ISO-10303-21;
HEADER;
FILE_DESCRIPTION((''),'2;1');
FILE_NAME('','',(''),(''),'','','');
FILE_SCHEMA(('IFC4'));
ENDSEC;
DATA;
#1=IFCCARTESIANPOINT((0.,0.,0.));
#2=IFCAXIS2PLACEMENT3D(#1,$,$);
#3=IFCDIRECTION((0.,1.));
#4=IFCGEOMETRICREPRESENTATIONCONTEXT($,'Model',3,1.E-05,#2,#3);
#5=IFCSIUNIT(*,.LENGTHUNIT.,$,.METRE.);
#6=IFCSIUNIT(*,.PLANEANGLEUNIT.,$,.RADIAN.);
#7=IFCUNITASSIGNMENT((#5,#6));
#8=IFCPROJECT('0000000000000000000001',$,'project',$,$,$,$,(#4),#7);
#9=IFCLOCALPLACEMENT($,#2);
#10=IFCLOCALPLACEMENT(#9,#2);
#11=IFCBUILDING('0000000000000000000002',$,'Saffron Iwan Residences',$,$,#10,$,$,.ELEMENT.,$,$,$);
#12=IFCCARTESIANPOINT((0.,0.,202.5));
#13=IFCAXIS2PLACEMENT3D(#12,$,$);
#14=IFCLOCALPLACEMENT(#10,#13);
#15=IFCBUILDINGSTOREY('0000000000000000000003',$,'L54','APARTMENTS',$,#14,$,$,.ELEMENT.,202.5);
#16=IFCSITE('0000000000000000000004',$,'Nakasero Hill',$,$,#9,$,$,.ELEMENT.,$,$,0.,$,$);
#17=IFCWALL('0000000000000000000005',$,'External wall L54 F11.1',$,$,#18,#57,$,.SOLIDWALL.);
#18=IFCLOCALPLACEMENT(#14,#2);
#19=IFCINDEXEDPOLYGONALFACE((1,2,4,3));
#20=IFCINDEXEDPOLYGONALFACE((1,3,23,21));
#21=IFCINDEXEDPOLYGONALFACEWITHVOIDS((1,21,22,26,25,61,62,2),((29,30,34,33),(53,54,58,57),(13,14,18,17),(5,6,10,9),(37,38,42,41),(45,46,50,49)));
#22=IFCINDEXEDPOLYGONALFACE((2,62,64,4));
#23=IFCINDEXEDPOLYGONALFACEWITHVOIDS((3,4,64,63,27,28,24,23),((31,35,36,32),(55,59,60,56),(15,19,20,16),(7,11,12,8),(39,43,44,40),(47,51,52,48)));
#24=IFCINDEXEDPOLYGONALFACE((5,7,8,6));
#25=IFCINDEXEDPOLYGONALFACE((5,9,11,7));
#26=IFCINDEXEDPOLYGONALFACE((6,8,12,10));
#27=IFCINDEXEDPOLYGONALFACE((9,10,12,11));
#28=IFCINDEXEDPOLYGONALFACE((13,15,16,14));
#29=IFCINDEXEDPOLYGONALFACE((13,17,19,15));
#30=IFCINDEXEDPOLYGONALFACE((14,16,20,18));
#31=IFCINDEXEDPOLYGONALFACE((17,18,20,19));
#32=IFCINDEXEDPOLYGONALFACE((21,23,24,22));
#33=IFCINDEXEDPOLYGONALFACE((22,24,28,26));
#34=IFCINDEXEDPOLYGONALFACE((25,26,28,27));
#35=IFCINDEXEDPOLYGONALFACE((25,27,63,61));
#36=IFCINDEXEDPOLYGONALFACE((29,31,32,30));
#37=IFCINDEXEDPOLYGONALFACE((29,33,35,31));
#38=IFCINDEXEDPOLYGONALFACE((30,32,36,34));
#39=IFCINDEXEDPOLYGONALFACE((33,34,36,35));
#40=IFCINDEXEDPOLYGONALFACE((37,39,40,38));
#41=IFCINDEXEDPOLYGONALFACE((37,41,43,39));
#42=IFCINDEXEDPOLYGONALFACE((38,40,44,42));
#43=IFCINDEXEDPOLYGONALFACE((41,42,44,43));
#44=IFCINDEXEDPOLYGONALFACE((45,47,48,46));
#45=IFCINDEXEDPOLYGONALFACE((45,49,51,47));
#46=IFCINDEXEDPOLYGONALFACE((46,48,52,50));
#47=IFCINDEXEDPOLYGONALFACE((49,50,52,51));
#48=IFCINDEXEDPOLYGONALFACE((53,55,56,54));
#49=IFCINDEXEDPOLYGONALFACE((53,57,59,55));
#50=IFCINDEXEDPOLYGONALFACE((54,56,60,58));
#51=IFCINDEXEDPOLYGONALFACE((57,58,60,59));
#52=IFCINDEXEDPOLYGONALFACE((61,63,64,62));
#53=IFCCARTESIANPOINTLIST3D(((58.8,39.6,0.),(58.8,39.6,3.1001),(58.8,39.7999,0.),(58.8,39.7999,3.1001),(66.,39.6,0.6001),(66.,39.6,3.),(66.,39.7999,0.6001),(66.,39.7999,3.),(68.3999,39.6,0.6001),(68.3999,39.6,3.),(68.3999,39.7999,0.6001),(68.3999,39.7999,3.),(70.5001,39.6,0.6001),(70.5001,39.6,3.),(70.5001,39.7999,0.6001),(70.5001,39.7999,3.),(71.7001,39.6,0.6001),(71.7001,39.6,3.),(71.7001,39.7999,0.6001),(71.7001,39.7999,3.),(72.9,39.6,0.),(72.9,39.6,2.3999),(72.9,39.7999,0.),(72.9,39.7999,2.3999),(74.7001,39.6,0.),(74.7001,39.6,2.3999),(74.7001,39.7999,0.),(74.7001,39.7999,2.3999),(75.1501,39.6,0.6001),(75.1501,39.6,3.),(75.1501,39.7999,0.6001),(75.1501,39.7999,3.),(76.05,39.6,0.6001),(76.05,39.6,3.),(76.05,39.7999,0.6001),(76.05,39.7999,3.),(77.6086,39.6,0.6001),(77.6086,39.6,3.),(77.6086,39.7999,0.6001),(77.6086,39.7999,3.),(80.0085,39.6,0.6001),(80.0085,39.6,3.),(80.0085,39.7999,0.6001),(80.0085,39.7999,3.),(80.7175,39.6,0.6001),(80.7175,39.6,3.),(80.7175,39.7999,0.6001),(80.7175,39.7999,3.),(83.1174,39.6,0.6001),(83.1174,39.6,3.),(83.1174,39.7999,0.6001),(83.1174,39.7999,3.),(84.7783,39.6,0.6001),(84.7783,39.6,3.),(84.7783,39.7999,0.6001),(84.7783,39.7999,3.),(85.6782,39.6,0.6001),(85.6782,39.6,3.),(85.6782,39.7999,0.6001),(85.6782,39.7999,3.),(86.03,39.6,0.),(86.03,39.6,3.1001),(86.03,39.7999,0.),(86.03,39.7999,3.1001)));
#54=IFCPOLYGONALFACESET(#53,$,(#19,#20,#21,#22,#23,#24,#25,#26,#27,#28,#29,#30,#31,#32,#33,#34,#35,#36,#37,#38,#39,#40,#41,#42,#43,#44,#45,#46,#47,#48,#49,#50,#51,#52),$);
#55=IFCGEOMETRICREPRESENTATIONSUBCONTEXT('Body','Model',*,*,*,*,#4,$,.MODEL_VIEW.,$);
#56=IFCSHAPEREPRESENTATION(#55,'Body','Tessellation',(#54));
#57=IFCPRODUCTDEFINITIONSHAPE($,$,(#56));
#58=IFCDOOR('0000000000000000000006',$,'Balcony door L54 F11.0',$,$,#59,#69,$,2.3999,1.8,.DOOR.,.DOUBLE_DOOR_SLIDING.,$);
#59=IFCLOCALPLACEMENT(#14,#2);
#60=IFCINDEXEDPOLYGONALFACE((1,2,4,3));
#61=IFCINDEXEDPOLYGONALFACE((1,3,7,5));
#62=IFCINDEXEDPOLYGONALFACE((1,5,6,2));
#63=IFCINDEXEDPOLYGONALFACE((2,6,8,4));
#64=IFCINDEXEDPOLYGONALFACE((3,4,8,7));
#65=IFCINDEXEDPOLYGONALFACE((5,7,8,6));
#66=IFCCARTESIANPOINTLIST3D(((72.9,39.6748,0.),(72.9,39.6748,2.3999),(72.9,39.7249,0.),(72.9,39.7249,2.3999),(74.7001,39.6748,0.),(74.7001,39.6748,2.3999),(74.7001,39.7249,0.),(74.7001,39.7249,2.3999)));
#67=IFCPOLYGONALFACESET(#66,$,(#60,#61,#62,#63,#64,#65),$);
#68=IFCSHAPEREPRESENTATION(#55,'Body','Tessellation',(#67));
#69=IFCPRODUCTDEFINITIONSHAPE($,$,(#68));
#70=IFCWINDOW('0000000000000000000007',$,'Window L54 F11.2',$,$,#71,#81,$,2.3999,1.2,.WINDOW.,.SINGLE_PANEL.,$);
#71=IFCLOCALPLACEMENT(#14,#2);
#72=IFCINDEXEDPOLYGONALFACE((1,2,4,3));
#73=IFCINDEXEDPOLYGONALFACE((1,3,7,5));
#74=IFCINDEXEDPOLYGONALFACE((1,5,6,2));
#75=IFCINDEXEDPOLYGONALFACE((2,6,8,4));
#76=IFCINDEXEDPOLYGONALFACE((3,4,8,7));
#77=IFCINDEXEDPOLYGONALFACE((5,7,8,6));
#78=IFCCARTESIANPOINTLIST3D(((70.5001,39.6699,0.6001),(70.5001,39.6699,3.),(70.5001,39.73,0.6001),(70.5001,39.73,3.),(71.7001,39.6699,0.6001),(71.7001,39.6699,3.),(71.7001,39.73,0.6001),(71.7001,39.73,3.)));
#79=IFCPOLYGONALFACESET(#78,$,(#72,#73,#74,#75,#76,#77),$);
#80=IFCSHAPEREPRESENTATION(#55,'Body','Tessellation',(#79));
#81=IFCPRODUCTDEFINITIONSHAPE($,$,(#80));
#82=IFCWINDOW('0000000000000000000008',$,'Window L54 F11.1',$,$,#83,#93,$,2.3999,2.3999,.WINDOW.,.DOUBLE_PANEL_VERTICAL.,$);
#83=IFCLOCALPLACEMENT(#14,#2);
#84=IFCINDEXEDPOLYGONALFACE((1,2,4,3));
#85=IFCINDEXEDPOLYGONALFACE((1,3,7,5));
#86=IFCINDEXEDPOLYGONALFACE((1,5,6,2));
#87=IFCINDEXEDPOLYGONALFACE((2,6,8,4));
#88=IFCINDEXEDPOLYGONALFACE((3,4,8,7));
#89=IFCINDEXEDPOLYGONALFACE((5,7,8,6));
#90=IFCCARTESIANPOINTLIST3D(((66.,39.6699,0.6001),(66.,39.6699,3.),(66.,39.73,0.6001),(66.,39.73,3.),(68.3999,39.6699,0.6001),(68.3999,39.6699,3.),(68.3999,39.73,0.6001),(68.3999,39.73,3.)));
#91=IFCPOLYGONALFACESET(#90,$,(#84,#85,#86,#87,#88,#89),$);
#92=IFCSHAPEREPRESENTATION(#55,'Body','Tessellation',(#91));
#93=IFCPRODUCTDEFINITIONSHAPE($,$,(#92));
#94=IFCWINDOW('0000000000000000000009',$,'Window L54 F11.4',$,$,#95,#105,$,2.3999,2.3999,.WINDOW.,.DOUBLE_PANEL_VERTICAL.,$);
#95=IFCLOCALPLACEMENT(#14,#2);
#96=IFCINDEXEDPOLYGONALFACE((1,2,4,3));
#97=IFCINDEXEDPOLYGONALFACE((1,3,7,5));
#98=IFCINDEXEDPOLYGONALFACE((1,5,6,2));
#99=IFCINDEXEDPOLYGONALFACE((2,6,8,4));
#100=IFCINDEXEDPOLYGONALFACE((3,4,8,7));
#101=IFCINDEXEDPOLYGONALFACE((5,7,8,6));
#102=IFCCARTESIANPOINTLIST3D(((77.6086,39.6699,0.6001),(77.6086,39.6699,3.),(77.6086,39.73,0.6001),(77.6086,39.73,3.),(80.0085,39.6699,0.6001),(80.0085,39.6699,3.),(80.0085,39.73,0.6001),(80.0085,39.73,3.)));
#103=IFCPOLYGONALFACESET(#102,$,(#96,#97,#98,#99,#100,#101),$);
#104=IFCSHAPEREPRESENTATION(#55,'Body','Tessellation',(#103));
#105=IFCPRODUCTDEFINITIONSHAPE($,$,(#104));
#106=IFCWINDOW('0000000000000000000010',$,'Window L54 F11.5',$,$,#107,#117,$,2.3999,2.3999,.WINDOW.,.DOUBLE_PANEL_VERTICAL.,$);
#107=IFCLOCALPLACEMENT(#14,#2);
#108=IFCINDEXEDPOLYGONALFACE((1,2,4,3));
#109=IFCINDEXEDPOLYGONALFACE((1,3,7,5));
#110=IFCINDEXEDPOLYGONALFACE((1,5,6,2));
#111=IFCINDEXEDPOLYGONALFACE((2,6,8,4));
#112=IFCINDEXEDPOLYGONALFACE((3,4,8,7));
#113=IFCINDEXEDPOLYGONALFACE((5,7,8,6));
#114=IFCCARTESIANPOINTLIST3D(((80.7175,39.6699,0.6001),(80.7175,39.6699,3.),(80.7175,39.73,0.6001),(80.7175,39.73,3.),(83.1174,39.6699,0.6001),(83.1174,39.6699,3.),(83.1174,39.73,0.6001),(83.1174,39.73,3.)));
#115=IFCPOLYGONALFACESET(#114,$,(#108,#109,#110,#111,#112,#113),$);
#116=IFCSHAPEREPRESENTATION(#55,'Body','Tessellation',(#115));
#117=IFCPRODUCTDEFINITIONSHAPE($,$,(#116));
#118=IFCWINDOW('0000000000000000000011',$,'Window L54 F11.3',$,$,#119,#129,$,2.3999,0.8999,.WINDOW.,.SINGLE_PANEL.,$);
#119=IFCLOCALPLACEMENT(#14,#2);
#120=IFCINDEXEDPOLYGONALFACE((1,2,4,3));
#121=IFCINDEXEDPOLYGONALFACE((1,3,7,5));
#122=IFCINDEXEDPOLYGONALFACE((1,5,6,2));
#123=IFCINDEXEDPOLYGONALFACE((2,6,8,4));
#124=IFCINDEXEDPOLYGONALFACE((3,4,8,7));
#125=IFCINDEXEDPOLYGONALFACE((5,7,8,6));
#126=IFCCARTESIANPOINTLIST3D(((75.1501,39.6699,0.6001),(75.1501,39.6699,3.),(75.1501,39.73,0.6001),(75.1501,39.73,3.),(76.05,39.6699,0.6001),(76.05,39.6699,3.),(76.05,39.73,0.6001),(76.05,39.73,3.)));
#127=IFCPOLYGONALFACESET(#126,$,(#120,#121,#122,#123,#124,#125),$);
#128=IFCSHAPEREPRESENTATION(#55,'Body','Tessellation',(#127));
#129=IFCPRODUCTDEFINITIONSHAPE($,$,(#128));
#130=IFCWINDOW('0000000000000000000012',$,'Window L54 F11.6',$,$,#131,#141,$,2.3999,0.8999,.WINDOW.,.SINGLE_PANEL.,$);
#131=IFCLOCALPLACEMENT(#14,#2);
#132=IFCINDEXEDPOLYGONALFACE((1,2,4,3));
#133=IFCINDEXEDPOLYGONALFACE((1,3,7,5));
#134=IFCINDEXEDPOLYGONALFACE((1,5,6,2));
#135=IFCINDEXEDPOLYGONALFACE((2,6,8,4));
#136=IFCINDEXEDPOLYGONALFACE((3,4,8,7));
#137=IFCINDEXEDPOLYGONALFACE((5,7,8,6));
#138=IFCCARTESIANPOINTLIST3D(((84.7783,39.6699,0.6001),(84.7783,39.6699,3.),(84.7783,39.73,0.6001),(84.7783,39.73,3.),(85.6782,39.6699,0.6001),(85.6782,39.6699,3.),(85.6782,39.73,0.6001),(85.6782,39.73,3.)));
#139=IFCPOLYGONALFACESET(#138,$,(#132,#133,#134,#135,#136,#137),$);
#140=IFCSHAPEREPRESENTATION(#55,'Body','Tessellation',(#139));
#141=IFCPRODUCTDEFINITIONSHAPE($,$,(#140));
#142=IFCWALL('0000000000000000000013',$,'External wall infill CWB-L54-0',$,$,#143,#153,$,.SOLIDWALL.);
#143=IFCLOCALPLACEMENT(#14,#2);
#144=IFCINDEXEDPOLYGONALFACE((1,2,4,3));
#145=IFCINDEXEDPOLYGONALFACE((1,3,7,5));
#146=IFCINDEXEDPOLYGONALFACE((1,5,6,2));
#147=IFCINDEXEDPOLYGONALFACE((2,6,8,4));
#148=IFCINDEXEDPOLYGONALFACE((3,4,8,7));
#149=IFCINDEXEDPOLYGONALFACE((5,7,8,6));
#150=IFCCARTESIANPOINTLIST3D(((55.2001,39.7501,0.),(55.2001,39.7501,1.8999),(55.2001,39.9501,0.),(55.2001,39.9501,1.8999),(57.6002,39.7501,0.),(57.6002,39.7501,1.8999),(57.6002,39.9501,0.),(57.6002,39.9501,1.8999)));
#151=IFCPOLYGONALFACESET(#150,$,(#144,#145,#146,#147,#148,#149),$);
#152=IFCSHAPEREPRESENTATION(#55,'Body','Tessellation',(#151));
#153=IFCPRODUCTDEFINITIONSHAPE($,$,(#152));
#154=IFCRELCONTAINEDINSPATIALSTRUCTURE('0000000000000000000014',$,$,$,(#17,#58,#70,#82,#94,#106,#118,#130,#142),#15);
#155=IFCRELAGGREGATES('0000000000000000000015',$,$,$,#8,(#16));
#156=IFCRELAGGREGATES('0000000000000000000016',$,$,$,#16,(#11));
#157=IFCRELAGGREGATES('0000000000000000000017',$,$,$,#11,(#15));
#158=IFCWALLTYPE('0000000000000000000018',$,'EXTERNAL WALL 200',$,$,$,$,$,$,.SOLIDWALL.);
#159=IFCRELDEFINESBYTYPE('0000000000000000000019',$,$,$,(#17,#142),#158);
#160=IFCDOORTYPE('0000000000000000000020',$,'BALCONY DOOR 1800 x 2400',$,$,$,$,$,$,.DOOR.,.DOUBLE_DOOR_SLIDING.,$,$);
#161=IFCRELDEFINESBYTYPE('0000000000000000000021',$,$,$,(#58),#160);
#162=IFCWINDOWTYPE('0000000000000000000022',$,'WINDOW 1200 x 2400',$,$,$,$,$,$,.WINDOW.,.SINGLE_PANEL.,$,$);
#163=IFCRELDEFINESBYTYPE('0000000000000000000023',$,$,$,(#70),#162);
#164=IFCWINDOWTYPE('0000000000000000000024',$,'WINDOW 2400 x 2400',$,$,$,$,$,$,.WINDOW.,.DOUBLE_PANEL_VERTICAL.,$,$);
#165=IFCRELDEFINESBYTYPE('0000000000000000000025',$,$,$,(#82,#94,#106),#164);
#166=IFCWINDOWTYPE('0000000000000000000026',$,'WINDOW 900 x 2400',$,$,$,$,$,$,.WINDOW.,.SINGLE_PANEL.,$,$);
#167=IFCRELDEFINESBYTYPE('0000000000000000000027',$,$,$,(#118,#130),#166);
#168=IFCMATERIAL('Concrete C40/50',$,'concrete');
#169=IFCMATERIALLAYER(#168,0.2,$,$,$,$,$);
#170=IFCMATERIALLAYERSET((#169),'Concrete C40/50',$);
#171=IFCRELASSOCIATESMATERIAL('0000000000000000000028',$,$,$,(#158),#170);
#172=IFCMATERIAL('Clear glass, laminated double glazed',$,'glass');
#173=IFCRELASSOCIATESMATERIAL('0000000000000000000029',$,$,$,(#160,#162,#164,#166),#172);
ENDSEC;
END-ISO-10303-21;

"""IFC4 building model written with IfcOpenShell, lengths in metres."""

from ifc_helpers import new_model, si_unit, direction, frame, frame_2d, origin, place, context, subcontext, project, spatial, rectangle, extrude, material, layer, layer_set, type_object, element, fill, save


model = new_model("IFC4")

# Units and contexts
model_context = context("Model", 3, precision=1e-05, world=origin(), true_north=direction((0.0, 1.0)))
body_context = subcontext(model_context, "Body", "Model", "MODEL_VIEW")
ifc_project = project(units=[si_unit("LENGTHUNIT", "METRE"), si_unit("PLANEANGLEUNIT", "RADIAN")], contexts=[model_context])

# Site, building, storey
site_placement = place(None, origin())
site = spatial("IfcSite", under=ifc_project, at=site_placement, Name="Nakasero Hill", CompositionType="ELEMENT", RefElevation=0.0)
building_placement = place(site_placement, origin())
building = spatial("IfcBuilding", under=site, at=building_placement, Name="Saffron Iwan Residences", CompositionType="ELEMENT")
storey_placement = place(building_placement, frame((0.0, 0.0, 202.5)))
storey = spatial("IfcBuildingStorey", under=building, at=storey_placement, Name="L54", Description="APARTMENTS", CompositionType="ELEMENT", Elevation=202.5)

# Wall, openings, door, windows
ifc_material_1 = material(Name="Concrete C40/50", Category="concrete")
ifc_layer_1 = layer(ifc_material_1, 0.2)
ifc_layer_set_1 = layer_set([ifc_layer_1], Name="Concrete C40/50")
wall_type_1 = type_object("IfcWallType", Name="EXTERNAL WALL 200", PredefinedType="SOLIDWALL", material=ifc_layer_set_1)
wall_1_placement = place(storey_placement, frame((58.8, 39.7, 0.0), z_axis=(0.0, 0.0, 1.0), x_axis=(1.0, 0.0, 0.0)))
wall_1 = element("IfcWall", 1, at=wall_1_placement, inside=storey, type_object=wall_type_1, Name="External wall L54 F11.1", PredefinedType="SOLIDWALL", context=body_context, shape_type="SweptSolid", body=[
    extrude(rectangle(XDim=27.23, YDim=0.2, at=frame_2d((13.615, 0.0))), origin(), (0.0, 0.0, 1.0), 3.1001),
])
opening_1_placement = place(wall_1_placement, frame((14.1001, 0.0, 0.0)))
opening_1 = element("IfcOpeningElement", 2, at=opening_1_placement, cuts=wall_1, PredefinedType="OPENING", context=body_context, shape_type="SweptSolid", body=[
    extrude(rectangle(XDim=1.8, YDim=2.3999, at=frame_2d((0.8999, 1.2))), frame((0.0, 0.1099, 0.0), z_axis=(0.0, -1.0, 0.0), x_axis=(1.0, 0.0, 0.0)), (0.0, 0.0, 1.0), 0.22),
])
opening_2_placement = place(wall_1_placement, frame((7.2, 0.0, 0.6001)))
opening_2 = element("IfcOpeningElement", 3, at=opening_2_placement, cuts=wall_1, PredefinedType="OPENING", context=body_context, shape_type="SweptSolid", body=[
    extrude(rectangle(XDim=2.3999, YDim=2.3999, at=frame_2d((1.2, 1.2))), frame((0.0, 0.1099, 0.0), z_axis=(0.0, -1.0, 0.0), x_axis=(1.0, 0.0, 0.0)), (0.0, 0.0, 1.0), 0.22),
])
opening_3_placement = place(wall_1_placement, frame((11.7, 0.0, 0.6001)))
opening_3 = element("IfcOpeningElement", 4, at=opening_3_placement, cuts=wall_1, PredefinedType="OPENING", context=body_context, shape_type="SweptSolid", body=[
    extrude(rectangle(XDim=1.2, YDim=2.3999, at=frame_2d((0.6001, 1.2))), frame((0.0, 0.1099, 0.0), z_axis=(0.0, -1.0, 0.0), x_axis=(1.0, 0.0, 0.0)), (0.0, 0.0, 1.0), 0.22),
])
opening_4_placement = place(wall_1_placement, frame((16.3501, 0.0, 0.6001)))
opening_4 = element("IfcOpeningElement", 5, at=opening_4_placement, cuts=wall_1, PredefinedType="OPENING", context=body_context, shape_type="SweptSolid", body=[
    extrude(rectangle(XDim=0.8999, YDim=2.3999, at=frame_2d((0.45, 1.2))), frame((0.0, 0.1099, 0.0), z_axis=(0.0, -1.0, 0.0), x_axis=(1.0, 0.0, 0.0)), (0.0, 0.0, 1.0), 0.22),
])
opening_5_placement = place(wall_1_placement, frame((18.8086, 0.0, 0.6001)))
opening_5 = element("IfcOpeningElement", 6, at=opening_5_placement, cuts=wall_1, PredefinedType="OPENING", context=body_context, shape_type="SweptSolid", body=[
    extrude(rectangle(XDim=2.3999, YDim=2.3999, at=frame_2d((1.2, 1.2))), frame((0.0, 0.1099, 0.0), z_axis=(0.0, -1.0, 0.0), x_axis=(1.0, 0.0, 0.0)), (0.0, 0.0, 1.0), 0.22),
])
opening_6_placement = place(wall_1_placement, frame((21.9175, 0.0, 0.6001)))
opening_6 = element("IfcOpeningElement", 7, at=opening_6_placement, cuts=wall_1, PredefinedType="OPENING", context=body_context, shape_type="SweptSolid", body=[
    extrude(rectangle(XDim=2.3999, YDim=2.3999, at=frame_2d((1.2, 1.2))), frame((0.0, 0.1099, 0.0), z_axis=(0.0, -1.0, 0.0), x_axis=(1.0, 0.0, 0.0)), (0.0, 0.0, 1.0), 0.22),
])
opening_7_placement = place(wall_1_placement, frame((25.9783, 0.0, 0.6001)))
opening_7 = element("IfcOpeningElement", 8, at=opening_7_placement, cuts=wall_1, PredefinedType="OPENING", context=body_context, shape_type="SweptSolid", body=[
    extrude(rectangle(XDim=0.8999, YDim=2.3999, at=frame_2d((0.45, 1.2))), frame((0.0, 0.1099, 0.0), z_axis=(0.0, -1.0, 0.0), x_axis=(1.0, 0.0, 0.0)), (0.0, 0.0, 1.0), 0.22),
])
ifc_material_2 = material(Name="Clear glass, laminated double glazed", Category="glass")
door_type_1 = type_object("IfcDoorType", Name="BALCONY DOOR 1800 x 2400", OperationType="DOUBLE_DOOR_SLIDING", PredefinedType="DOOR", material=ifc_material_2)
door_1_placement = place(opening_1_placement, origin())
door_1 = element("IfcDoor", 9, at=door_1_placement, inside=storey, type_object=door_type_1, Name="Balcony door L54 F11.0", OperationType="DOUBLE_DOOR_SLIDING", OverallHeight=2.3999, OverallWidth=1.8, PredefinedType="DOOR", context=body_context, shape_type="SweptSolid", body=[
    extrude(rectangle(XDim=1.8, YDim=2.3999, at=frame_2d((0.8999, 1.2))), frame((0.0, 0.0249, 0.0), z_axis=(0.0, -1.0, 0.0), x_axis=(1.0, 0.0, 0.0)), (0.0, 0.0, 1.0), 0.05),
])
fill(opening_1, door_1)
window_type_1 = type_object("IfcWindowType", Name="WINDOW 1200 x 2400", PartitioningType="SINGLE_PANEL", PredefinedType="WINDOW", material=ifc_material_2)
window_1_placement = place(opening_3_placement, origin())
window_1 = element("IfcWindow", 10, at=window_1_placement, inside=storey, type_object=window_type_1, Name="Window L54 F11.2", OverallHeight=2.3999, OverallWidth=1.2, PartitioningType="SINGLE_PANEL", PredefinedType="WINDOW", context=body_context, shape_type="SweptSolid", body=[
    extrude(rectangle(XDim=1.2, YDim=2.3999, at=frame_2d((0.6001, 1.2))), frame((0.0, 0.03, 0.0), z_axis=(0.0, -1.0, 0.0), x_axis=(1.0, 0.0, 0.0)), (0.0, 0.0, 1.0), 0.0601),
])
fill(opening_3, window_1)
window_type_2 = type_object("IfcWindowType", Name="WINDOW 2400 x 2400", PartitioningType="DOUBLE_PANEL_VERTICAL", PredefinedType="WINDOW", material=ifc_material_2)
window_2_placement = place(opening_2_placement, origin())
window_2 = element("IfcWindow", 11, at=window_2_placement, inside=storey, type_object=window_type_2, Name="Window L54 F11.1", OverallHeight=2.3999, OverallWidth=2.3999, PartitioningType="DOUBLE_PANEL_VERTICAL", PredefinedType="WINDOW", context=body_context, shape_type="SweptSolid", body=[
    extrude(rectangle(XDim=2.3999, YDim=2.3999, at=frame_2d((1.2, 1.2))), frame((0.0, 0.03, 0.0), z_axis=(0.0, -1.0, 0.0), x_axis=(1.0, 0.0, 0.0)), (0.0, 0.0, 1.0), 0.0601),
])
fill(opening_2, window_2)
window_3_placement = place(opening_5_placement, origin())
window_3 = element("IfcWindow", 12, at=window_3_placement, inside=storey, type_object=window_type_2, Name="Window L54 F11.4", OverallHeight=2.3999, OverallWidth=2.3999, PartitioningType="DOUBLE_PANEL_VERTICAL", PredefinedType="WINDOW", context=body_context, shape_type="SweptSolid", body=[
    extrude(rectangle(XDim=2.3999, YDim=2.3999, at=frame_2d((1.2, 1.2))), frame((0.0, 0.03, 0.0), z_axis=(0.0, -1.0, 0.0), x_axis=(1.0, 0.0, 0.0)), (0.0, 0.0, 1.0), 0.0601),
])
fill(opening_5, window_3)
window_4_placement = place(opening_6_placement, origin())
window_4 = element("IfcWindow", 13, at=window_4_placement, inside=storey, type_object=window_type_2, Name="Window L54 F11.5", OverallHeight=2.3999, OverallWidth=2.3999, PartitioningType="DOUBLE_PANEL_VERTICAL", PredefinedType="WINDOW", context=body_context, shape_type="SweptSolid", body=[
    extrude(rectangle(XDim=2.3999, YDim=2.3999, at=frame_2d((1.2, 1.2))), frame((0.0, 0.03, 0.0), z_axis=(0.0, -1.0, 0.0), x_axis=(1.0, 0.0, 0.0)), (0.0, 0.0, 1.0), 0.0601),
])
fill(opening_6, window_4)
window_type_3 = type_object("IfcWindowType", Name="WINDOW 900 x 2400", PartitioningType="SINGLE_PANEL", PredefinedType="WINDOW", material=ifc_material_2)
window_5_placement = place(opening_4_placement, origin())
window_5 = element("IfcWindow", 14, at=window_5_placement, inside=storey, type_object=window_type_3, Name="Window L54 F11.3", OverallHeight=2.3999, OverallWidth=0.8999, PartitioningType="SINGLE_PANEL", PredefinedType="WINDOW", context=body_context, shape_type="SweptSolid", body=[
    extrude(rectangle(XDim=0.8999, YDim=2.3999, at=frame_2d((0.45, 1.2))), frame((0.0, 0.03, 0.0), z_axis=(0.0, -1.0, 0.0), x_axis=(1.0, 0.0, 0.0)), (0.0, 0.0, 1.0), 0.0601),
])
fill(opening_4, window_5)
window_6_placement = place(opening_7_placement, origin())
window_6 = element("IfcWindow", 15, at=window_6_placement, inside=storey, type_object=window_type_3, Name="Window L54 F11.6", OverallHeight=2.3999, OverallWidth=0.8999, PartitioningType="SINGLE_PANEL", PredefinedType="WINDOW", context=body_context, shape_type="SweptSolid", body=[
    extrude(rectangle(XDim=0.8999, YDim=2.3999, at=frame_2d((0.45, 1.2))), frame((0.0, 0.03, 0.0), z_axis=(0.0, -1.0, 0.0), x_axis=(1.0, 0.0, 0.0)), (0.0, 0.0, 1.0), 0.0601),
])
fill(opening_7, window_6)

# Wall
wall_2_placement = place(storey_placement, frame((55.2, 39.8501, 0.0), z_axis=(0.0, 0.0, 1.0), x_axis=(1.0, 0.0, 0.0)))
element("IfcWall", 16, at=wall_2_placement, inside=storey, type_object=wall_type_1, Name="External wall infill CWB-L54-0", PredefinedType="SOLIDWALL", context=body_context, shape_type="SweptSolid", body=[
    extrude(rectangle(XDim=2.4001, YDim=0.2, at=frame_2d((1.2002, 0.0))), origin(), (0.0, 0.0, 1.0), 1.8999),
])

save(model, "model.ifc")
